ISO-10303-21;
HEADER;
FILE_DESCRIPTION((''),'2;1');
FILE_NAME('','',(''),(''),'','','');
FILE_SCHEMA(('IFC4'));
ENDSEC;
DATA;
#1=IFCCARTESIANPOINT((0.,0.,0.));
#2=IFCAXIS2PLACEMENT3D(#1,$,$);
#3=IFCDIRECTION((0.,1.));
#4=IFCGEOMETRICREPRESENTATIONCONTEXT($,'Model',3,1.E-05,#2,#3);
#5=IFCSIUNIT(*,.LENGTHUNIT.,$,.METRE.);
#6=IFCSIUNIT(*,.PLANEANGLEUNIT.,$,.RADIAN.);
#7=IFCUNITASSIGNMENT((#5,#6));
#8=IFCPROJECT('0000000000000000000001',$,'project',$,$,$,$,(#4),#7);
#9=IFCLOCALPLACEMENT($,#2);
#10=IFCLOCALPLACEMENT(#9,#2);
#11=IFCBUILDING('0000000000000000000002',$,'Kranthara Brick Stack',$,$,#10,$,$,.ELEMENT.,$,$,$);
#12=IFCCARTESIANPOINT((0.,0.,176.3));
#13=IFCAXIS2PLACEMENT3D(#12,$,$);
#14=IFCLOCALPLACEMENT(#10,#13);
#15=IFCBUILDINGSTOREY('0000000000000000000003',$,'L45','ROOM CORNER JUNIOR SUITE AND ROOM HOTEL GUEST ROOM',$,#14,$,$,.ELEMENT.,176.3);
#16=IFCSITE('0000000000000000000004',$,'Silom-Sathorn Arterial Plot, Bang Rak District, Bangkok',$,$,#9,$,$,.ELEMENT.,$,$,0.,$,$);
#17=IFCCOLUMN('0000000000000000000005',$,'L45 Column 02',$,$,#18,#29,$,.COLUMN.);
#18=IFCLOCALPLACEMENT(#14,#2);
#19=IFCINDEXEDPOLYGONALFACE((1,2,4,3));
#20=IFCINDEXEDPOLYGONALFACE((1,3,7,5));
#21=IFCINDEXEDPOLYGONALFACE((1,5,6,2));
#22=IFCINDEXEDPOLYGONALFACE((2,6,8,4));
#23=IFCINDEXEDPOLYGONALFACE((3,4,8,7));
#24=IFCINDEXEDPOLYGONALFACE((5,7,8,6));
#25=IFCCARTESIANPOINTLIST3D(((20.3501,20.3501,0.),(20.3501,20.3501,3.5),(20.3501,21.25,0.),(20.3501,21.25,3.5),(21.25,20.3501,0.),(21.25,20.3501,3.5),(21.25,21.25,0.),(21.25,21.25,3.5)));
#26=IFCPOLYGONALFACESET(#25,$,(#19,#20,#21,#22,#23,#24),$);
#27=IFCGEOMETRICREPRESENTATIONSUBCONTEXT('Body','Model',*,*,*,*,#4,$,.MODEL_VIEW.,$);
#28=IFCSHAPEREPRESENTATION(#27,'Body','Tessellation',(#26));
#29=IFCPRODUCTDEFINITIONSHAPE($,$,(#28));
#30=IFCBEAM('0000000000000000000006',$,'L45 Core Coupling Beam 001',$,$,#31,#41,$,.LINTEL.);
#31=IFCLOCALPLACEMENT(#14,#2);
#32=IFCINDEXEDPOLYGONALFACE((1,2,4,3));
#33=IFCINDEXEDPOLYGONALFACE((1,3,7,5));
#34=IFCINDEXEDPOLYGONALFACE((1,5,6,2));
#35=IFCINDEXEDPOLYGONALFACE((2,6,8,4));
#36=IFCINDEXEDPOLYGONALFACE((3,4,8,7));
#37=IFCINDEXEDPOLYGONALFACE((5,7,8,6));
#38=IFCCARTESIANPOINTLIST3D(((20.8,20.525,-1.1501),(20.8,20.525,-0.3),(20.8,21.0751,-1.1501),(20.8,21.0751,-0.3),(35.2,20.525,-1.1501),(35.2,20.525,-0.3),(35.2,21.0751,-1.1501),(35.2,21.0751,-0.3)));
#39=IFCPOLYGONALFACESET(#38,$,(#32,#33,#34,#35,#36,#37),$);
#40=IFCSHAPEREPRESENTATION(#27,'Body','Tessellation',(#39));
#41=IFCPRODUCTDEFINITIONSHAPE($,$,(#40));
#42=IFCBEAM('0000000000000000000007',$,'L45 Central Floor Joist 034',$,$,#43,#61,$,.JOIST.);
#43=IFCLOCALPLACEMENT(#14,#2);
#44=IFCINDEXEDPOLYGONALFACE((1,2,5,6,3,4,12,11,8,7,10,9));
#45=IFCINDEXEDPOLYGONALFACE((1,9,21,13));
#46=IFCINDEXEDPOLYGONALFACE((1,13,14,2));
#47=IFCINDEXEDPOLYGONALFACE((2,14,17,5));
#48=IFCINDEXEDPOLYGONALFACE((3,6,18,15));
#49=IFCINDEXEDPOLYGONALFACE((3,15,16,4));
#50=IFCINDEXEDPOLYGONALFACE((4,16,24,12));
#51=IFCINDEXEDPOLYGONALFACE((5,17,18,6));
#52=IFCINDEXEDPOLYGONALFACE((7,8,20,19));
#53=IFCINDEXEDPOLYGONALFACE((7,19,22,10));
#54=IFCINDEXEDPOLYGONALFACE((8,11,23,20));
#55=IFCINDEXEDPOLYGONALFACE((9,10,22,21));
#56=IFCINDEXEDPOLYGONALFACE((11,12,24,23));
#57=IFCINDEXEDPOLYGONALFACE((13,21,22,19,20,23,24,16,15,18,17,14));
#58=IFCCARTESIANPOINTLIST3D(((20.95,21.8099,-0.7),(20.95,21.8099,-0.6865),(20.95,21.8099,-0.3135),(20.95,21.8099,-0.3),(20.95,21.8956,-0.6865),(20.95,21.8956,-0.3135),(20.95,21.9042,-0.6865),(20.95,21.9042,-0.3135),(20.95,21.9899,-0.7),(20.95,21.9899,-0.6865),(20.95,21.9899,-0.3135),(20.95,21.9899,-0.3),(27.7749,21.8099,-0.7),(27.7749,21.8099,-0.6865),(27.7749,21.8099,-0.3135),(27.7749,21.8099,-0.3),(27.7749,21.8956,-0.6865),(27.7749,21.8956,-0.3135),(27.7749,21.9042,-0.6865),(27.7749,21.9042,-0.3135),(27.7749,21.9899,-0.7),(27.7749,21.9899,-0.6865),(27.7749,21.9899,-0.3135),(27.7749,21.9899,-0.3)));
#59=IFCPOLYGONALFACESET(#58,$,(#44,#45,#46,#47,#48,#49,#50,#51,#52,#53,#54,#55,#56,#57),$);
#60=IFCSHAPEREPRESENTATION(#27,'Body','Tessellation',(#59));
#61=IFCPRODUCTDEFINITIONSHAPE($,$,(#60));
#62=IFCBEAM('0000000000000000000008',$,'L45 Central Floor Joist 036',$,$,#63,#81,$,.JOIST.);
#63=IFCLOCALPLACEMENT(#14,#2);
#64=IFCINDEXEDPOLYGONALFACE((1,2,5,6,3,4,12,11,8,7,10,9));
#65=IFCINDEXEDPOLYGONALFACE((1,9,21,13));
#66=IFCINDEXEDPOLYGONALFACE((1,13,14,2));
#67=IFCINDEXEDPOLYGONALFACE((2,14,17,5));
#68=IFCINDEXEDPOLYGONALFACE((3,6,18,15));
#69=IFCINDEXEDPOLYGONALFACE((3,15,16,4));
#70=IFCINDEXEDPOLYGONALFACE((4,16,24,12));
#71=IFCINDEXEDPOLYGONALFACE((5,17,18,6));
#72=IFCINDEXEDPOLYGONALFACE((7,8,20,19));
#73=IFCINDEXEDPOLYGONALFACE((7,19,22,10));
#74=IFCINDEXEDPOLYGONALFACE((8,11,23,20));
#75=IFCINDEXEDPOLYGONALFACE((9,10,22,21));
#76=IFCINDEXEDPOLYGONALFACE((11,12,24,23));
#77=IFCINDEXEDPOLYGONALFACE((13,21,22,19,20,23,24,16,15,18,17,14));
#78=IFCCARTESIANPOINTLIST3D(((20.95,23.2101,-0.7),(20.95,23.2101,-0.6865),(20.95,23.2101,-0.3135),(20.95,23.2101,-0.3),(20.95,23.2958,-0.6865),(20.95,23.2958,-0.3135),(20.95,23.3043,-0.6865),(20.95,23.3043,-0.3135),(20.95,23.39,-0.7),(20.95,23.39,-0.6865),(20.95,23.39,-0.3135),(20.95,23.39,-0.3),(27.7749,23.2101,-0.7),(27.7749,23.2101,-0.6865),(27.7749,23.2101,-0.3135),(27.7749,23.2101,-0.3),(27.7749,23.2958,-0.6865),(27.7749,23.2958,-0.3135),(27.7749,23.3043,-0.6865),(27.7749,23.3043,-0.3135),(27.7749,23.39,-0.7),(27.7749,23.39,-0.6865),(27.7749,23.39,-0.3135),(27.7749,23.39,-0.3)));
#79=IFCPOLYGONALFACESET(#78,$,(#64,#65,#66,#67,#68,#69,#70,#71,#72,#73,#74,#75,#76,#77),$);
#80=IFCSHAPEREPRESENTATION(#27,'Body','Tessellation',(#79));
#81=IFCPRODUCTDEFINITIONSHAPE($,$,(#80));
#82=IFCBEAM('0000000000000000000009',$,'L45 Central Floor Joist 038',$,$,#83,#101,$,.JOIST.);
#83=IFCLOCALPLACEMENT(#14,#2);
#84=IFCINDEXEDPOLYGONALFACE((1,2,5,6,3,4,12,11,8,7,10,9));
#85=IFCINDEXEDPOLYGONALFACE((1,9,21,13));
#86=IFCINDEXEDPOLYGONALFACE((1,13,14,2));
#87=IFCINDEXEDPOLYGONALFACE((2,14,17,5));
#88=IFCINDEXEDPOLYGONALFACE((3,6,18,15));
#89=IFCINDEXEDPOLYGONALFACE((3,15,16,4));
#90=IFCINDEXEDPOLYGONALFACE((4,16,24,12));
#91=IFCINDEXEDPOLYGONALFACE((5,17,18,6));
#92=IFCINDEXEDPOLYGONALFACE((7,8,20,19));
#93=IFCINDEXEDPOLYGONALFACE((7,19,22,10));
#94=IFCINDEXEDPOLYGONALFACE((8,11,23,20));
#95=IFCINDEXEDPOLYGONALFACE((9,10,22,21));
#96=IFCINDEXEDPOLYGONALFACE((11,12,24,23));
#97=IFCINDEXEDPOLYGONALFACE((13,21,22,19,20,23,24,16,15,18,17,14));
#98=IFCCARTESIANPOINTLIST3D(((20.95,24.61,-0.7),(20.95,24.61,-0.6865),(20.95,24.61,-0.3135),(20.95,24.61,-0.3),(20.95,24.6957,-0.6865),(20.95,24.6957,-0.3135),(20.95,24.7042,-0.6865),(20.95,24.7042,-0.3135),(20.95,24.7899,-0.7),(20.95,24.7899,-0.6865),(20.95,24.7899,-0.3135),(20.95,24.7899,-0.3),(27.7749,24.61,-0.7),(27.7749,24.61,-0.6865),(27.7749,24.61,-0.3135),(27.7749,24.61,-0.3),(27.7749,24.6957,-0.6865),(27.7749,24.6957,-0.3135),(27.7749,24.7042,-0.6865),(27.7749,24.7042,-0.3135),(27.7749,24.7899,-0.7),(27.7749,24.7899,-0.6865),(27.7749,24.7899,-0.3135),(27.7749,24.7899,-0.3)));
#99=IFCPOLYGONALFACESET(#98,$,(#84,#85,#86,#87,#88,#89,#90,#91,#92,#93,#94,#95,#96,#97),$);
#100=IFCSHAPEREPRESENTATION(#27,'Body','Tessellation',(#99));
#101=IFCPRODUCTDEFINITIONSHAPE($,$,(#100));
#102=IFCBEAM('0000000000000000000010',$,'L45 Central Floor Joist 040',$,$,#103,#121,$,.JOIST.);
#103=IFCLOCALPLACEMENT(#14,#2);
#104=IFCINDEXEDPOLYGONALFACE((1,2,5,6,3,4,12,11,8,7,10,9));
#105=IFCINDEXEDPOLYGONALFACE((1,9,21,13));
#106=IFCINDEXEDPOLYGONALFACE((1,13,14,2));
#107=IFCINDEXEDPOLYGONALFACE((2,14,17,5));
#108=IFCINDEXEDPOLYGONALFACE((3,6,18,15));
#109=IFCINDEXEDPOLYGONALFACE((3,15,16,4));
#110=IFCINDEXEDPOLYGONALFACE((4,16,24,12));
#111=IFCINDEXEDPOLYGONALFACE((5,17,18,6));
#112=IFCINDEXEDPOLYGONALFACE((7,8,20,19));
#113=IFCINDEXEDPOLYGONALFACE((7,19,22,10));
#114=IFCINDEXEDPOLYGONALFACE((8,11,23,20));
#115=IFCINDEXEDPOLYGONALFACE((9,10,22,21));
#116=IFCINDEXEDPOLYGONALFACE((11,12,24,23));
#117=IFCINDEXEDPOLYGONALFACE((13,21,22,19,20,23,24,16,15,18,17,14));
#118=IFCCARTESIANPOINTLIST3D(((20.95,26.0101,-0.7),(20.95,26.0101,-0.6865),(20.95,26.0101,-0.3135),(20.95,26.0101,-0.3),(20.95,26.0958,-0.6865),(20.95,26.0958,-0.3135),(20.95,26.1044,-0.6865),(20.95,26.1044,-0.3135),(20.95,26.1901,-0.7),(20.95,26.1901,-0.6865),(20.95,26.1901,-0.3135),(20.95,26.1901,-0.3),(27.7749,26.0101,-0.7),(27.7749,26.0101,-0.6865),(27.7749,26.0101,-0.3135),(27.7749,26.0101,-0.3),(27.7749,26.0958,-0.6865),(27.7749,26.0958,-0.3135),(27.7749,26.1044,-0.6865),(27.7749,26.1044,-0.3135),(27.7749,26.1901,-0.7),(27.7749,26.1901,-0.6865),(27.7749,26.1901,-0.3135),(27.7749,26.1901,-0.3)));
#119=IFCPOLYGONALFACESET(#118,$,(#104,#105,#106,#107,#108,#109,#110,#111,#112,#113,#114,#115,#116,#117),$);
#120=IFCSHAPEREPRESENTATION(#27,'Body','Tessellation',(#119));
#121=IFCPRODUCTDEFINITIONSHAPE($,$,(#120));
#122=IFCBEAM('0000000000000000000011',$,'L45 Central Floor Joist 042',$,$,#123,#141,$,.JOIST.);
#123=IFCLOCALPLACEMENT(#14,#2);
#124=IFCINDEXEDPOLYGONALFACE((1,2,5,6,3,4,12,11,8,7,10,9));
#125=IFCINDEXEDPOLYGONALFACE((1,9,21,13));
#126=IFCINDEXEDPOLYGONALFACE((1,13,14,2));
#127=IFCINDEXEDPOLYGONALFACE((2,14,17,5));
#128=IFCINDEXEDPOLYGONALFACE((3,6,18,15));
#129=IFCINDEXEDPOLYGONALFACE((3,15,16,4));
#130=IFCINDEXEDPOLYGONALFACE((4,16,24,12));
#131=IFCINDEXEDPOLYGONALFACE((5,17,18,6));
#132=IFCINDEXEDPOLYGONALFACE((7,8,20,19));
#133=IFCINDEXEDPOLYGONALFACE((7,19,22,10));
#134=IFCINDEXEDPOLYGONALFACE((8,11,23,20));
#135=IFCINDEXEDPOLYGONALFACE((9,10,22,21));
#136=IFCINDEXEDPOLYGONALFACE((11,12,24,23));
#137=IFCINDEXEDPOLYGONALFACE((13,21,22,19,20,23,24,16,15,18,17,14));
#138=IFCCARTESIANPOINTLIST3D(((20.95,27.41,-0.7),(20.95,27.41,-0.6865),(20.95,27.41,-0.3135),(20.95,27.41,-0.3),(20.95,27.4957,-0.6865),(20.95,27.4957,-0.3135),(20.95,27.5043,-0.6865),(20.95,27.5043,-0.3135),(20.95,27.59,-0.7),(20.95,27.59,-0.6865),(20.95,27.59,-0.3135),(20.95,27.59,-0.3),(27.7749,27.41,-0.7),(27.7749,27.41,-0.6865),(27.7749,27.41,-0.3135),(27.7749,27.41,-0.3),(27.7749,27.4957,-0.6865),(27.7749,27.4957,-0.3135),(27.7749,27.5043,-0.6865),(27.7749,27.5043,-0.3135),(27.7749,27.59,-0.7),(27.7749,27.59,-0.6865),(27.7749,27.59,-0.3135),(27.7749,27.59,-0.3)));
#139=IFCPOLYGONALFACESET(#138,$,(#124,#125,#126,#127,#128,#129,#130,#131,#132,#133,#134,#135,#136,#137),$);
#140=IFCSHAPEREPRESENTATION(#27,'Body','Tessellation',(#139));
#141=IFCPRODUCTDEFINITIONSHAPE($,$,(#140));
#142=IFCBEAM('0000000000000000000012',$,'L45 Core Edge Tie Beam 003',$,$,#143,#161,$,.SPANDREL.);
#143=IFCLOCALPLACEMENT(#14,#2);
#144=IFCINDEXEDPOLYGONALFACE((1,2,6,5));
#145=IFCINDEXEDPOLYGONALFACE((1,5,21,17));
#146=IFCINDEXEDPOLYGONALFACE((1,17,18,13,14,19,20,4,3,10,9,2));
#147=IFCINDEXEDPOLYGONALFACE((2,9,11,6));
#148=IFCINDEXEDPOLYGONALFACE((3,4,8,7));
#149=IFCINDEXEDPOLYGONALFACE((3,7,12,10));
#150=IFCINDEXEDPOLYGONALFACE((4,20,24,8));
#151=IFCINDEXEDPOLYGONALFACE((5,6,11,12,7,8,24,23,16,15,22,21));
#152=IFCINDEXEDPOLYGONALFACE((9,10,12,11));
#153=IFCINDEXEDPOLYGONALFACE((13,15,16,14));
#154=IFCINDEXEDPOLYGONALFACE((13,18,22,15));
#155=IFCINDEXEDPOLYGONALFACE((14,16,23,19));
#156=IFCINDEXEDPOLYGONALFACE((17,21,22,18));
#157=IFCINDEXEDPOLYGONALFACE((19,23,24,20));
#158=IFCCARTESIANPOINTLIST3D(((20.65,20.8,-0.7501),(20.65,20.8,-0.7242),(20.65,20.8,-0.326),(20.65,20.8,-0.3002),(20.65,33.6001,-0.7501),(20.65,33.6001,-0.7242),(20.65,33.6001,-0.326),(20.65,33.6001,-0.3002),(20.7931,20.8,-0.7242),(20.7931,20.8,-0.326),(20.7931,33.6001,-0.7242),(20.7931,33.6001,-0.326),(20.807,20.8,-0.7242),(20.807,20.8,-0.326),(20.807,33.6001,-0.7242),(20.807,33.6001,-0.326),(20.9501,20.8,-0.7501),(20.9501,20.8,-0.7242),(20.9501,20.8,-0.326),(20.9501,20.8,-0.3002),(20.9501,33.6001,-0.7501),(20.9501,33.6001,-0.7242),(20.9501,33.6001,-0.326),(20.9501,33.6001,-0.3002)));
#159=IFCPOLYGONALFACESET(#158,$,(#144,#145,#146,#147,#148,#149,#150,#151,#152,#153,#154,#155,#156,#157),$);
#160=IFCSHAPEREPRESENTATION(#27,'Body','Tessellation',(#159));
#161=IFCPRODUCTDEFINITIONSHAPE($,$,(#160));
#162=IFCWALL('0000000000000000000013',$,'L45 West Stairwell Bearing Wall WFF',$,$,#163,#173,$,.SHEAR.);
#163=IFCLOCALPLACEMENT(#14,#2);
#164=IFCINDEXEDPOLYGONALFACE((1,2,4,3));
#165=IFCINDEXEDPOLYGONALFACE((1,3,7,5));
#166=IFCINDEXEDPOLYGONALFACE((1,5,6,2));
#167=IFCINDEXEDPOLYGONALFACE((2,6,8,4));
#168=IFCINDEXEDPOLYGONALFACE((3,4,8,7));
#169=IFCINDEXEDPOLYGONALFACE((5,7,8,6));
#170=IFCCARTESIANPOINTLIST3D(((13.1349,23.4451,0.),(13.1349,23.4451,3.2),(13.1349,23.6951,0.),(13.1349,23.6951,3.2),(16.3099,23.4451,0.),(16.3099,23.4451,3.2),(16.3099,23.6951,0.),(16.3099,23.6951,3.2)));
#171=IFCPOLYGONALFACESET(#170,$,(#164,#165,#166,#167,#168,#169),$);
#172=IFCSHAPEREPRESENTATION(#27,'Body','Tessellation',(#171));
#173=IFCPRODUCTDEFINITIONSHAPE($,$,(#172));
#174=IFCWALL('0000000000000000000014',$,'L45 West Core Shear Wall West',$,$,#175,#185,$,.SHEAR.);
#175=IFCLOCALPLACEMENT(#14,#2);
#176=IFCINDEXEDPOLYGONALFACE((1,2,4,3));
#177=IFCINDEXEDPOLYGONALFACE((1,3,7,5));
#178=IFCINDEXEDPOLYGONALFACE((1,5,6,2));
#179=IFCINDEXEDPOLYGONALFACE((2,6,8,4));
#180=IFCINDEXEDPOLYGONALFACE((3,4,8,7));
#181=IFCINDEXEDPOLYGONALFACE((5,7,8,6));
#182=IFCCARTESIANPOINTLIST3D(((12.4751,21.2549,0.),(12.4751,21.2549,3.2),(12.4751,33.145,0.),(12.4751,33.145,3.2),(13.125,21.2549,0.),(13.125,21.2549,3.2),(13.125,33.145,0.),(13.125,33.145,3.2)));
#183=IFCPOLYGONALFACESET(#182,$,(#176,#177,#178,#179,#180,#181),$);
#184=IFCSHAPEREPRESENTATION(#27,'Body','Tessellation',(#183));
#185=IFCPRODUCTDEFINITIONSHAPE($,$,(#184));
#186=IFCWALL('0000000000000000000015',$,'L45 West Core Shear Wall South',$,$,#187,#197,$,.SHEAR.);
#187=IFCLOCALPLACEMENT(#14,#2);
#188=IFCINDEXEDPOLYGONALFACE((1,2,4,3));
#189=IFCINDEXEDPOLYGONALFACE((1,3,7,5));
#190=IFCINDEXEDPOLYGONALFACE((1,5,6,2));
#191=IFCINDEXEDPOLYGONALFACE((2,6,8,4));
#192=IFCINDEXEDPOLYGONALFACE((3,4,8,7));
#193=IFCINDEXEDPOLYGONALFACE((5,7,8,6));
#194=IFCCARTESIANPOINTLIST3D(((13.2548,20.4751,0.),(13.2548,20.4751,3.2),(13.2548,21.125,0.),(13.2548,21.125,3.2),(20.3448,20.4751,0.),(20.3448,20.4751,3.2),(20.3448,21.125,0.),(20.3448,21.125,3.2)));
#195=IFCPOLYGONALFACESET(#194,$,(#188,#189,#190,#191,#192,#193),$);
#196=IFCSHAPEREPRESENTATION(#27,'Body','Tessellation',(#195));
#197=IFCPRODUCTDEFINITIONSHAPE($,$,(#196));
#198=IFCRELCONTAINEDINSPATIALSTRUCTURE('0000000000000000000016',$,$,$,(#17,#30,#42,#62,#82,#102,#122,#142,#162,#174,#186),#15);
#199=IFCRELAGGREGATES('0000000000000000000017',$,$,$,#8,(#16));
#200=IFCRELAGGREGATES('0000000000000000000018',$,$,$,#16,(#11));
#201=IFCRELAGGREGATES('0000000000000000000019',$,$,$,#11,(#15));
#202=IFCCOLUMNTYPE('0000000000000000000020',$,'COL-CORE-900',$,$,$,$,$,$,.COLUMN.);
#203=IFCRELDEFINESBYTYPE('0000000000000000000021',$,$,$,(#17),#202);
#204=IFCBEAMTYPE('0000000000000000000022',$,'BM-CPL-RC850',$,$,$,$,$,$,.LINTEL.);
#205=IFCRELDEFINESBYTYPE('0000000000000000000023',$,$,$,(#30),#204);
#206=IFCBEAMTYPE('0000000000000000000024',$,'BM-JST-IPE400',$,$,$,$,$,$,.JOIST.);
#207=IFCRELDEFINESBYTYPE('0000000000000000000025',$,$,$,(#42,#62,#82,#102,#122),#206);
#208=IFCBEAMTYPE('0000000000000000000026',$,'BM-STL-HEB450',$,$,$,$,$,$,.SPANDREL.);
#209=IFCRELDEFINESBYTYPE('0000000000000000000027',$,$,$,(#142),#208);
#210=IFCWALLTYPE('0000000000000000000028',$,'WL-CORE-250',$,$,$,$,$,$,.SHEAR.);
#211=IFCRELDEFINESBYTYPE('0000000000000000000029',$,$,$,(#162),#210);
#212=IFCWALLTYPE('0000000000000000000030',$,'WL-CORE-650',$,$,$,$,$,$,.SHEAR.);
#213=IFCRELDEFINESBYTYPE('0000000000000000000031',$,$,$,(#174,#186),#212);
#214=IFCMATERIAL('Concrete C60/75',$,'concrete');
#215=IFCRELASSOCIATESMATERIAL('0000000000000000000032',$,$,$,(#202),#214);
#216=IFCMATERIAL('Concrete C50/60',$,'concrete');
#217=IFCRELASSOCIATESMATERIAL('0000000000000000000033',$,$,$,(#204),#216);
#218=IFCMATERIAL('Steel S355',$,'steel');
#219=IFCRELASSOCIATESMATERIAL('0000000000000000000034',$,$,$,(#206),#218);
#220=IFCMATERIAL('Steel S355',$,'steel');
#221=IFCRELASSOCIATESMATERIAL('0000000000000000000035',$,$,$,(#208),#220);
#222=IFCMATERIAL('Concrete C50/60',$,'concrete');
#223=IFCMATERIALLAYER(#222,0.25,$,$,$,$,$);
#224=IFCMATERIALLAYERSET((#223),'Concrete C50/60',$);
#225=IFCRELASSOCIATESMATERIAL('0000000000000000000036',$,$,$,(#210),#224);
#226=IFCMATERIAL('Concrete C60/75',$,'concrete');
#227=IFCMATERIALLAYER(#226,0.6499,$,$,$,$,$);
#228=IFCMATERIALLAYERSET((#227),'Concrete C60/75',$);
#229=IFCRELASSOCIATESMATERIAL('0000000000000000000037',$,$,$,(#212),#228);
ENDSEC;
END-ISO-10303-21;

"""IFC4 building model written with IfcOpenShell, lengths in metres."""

from ifc_helpers import new_model, si_unit, direction, frame, frame_2d, origin, origin_2d, place, context, subcontext, project, spatial, rectangle, i_section, extrude, material, layer, layer_set, material_profile, profile_set, type_object, element, save


model = new_model("IFC4")

# Units and contexts
model_context = context("Model", 3, precision=1e-05, world=origin(), true_north=direction((0.0, 1.0)))
body_context = subcontext(model_context, "Body", "Model", "MODEL_VIEW")
ifc_project = project(units=[si_unit("LENGTHUNIT", "METRE"), si_unit("PLANEANGLEUNIT", "RADIAN")], contexts=[model_context])

# Site, building, storey
site_placement = place(None, origin())
site = spatial("IfcSite", under=ifc_project, at=site_placement, Name="Silom-Sathorn Arterial Plot, Bang Rak District, Bangkok", CompositionType="ELEMENT", RefElevation=0.0)
building_placement = place(site_placement, origin())
building = spatial("IfcBuilding", under=site, at=building_placement, Name="Kranthara Brick Stack", CompositionType="ELEMENT")
storey_placement = place(building_placement, frame((0.0, 0.0, 176.3)))
storey = spatial("IfcBuildingStorey", under=building, at=storey_placement, Name="L45", Description="ROOM CORNER JUNIOR SUITE AND ROOM HOTEL GUEST ROOM", CompositionType="ELEMENT", Elevation=176.3)

# Column
ifc_material_1 = material(Name="Concrete C60/75", Category="concrete")
ifc_material_profile_1 = material_profile(ifc_material_1, rectangle(XDim=0.8999, YDim=0.8999, at=origin_2d()), Name="RC 900x900")
ifc_profile_set_1 = profile_set([ifc_material_profile_1], Name="Concrete C60/75")
column_type = type_object("IfcColumnType", Name="COL-CORE-900", PredefinedType="COLUMN", material=ifc_profile_set_1)
column_placement = place(storey_placement, frame((20.8, 20.8, 0.0), z_axis=(0.0, 0.0, 1.0), x_axis=(1.0, 0.0, 0.0)))
element("IfcColumn", 1, at=column_placement, inside=storey, type_object=column_type, Name="L45 Column 02", PredefinedType="COLUMN", context=body_context, shape_type="SweptSolid", body=[
    extrude(rectangle(XDim=0.8999, YDim=0.8999, at=origin_2d()), origin(), (0.0, 0.0, 1.0), 3.5),
])

# Beams
ifc_material_2 = material(Name="Concrete C50/60", Category="concrete")
ifc_material_profile_2 = material_profile(ifc_material_2, rectangle(XDim=0.55, YDim=0.8501, at=origin_2d()), Name="RC 550x850")
ifc_profile_set_2 = profile_set([ifc_material_profile_2], Name="Concrete C50/60")
beam_type_1 = type_object("IfcBeamType", Name="BM-CPL-RC850", PredefinedType="LINTEL", material=ifc_profile_set_2)
beam_1_placement = place(storey_placement, frame((20.8, 20.8, -0.7251), z_axis=(1.0, 0.0, 0.0), x_axis=(0.0, 1.0, 0.0)))
element("IfcBeam", 2, at=beam_1_placement, inside=storey, type_object=beam_type_1, Name="L45 Core Coupling Beam 001", PredefinedType="LINTEL", context=body_context, shape_type="SweptSolid", body=[
    extrude(rectangle(XDim=0.55, YDim=0.8501, at=origin_2d()), origin(), (0.0, 0.0, 1.0), 14.3999),
])
ifc_material_3 = material(Name="Steel S355", Category="steel")
ifc_material_profile_3 = material_profile(ifc_material_3, i_section(OverallWidth=0.1799, OverallDepth=0.3999, WebThickness=0.0085, FlangeThickness=0.0134, at=origin_2d()), Name="IPE 400")
ifc_profile_set_3 = profile_set([ifc_material_profile_3], Name="Steel S355")
beam_type_2 = type_object("IfcBeamType", Name="BM-JST-IPE400", PredefinedType="JOIST", material=ifc_profile_set_3)
for number, where, z_axis, x_axis, name in (
    (3, (20.95, 21.8999, -0.5), (1.0, 0.0, 0.0), (0.0, 1.0, 0.0), "L45 Central Floor Joist 034"),
    (4, (20.95, 23.3, -0.5), (1.0, 0.0, 0.0), (0.0, 1.0, 0.0), "L45 Central Floor Joist 036"),
    (5, (20.95, 24.7, -0.5), (1.0, 0.0, 0.0), (0.0, 1.0, 0.0), "L45 Central Floor Joist 038"),
    (6, (20.95, 26.1001, -0.5), (1.0, 0.0, 0.0), (0.0, 1.0, 0.0), "L45 Central Floor Joist 040"),
    (7, (20.95, 27.5, -0.5), (1.0, 0.0, 0.0), (0.0, 1.0, 0.0), "L45 Central Floor Joist 042"),
):
    element("IfcBeam", number, at=place(storey_placement, frame(where, z_axis=z_axis, x_axis=x_axis)), inside=storey, type_object=beam_type_2, Name=name, PredefinedType="JOIST", context=body_context, shape_type="SweptSolid", body=[
        extrude(i_section(OverallWidth=0.1799, OverallDepth=0.3999, WebThickness=0.0085, FlangeThickness=0.0134, at=origin_2d()), origin(), (0.0, 0.0, 1.0), 6.825),
    ])
ifc_material_4 = material(Name="Steel S355", Category="steel")
ifc_material_profile_4 = material_profile(ifc_material_4, i_section(OverallWidth=0.3, OverallDepth=0.45, WebThickness=0.0139, FlangeThickness=0.0259, at=origin_2d()), Name="HEB 450")
ifc_profile_set_4 = profile_set([ifc_material_profile_4], Name="Steel S355")
beam_type_3 = type_object("IfcBeamType", Name="BM-STL-HEB450", PredefinedType="SPANDREL", material=ifc_profile_set_4)
beam_2_placement = place(storey_placement, frame((20.8, 20.8, -0.5251), z_axis=(0.0, 1.0, 0.0), x_axis=(-1.0, 0.0, 0.0)))
element("IfcBeam", 8, at=beam_2_placement, inside=storey, type_object=beam_type_3, Name="L45 Core Edge Tie Beam 003", PredefinedType="SPANDREL", context=body_context, shape_type="SweptSolid", body=[
    extrude(i_section(OverallWidth=0.3, OverallDepth=0.45, WebThickness=0.0139, FlangeThickness=0.0259, at=origin_2d()), origin(), (0.0, 0.0, 1.0), 12.8),
])

# Shared definitions
ifc_material_5 = material(Name="Concrete C50/60", Category="concrete")
ifc_layer_1 = layer(ifc_material_5, 0.25)
ifc_layer_set_1 = layer_set([ifc_layer_1], Name="Concrete C50/60")
wall_type_1 = type_object("IfcWallType", Name="WL-CORE-250", PredefinedType="SHEAR", material=ifc_layer_set_1)

# Walls
wall_1_placement = place(storey_placement, frame((13.135, 23.5701, 0.0), z_axis=(0.0, 0.0, 1.0), x_axis=(1.0, 0.0, 0.0)))
element("IfcWall", 9, at=wall_1_placement, inside=storey, type_object=wall_type_1, Name="L45 West Stairwell Bearing Wall WFF", PredefinedType="SHEAR", context=body_context, shape_type="SweptSolid", body=[
    extrude(rectangle(XDim=3.175, YDim=0.25, at=frame_2d((1.5874, 0.0))), origin(), (0.0, 0.0, 1.0), 3.2),
])
ifc_material_6 = material(Name="Concrete C60/75", Category="concrete")
ifc_layer_2 = layer(ifc_material_6, 0.6499)
ifc_layer_set_2 = layer_set([ifc_layer_2], Name="Concrete C60/75")
wall_type_2 = type_object("IfcWallType", Name="WL-CORE-650", PredefinedType="SHEAR", material=ifc_layer_set_2)
wall_2_placement = place(storey_placement, frame((12.8, 21.2549, 0.0), z_axis=(0.0, 0.0, 1.0), x_axis=(0.0, 1.0, 0.0)))
element("IfcWall", 10, at=wall_2_placement, inside=storey, type_object=wall_type_2, Name="L45 West Core Shear Wall West", PredefinedType="SHEAR", context=body_context, shape_type="SweptSolid", body=[
    extrude(rectangle(XDim=11.8901, YDim=0.6499, at=frame_2d((5.9451, 0.0))), origin(), (0.0, 0.0, 1.0), 3.2),
])
wall_3_placement = place(storey_placement, frame((13.2549, 20.8, 0.0), z_axis=(0.0, 0.0, 1.0), x_axis=(1.0, 0.0, 0.0)))
element("IfcWall", 11, at=wall_3_placement, inside=storey, type_object=wall_type_2, Name="L45 West Core Shear Wall South", PredefinedType="SHEAR", context=body_context, shape_type="SweptSolid", body=[
    extrude(rectangle(XDim=7.0901, YDim=0.6499, at=frame_2d((3.5449, 0.0))), origin(), (0.0, 0.0, 1.0), 3.2),
])

save(model, "model.ifc")
